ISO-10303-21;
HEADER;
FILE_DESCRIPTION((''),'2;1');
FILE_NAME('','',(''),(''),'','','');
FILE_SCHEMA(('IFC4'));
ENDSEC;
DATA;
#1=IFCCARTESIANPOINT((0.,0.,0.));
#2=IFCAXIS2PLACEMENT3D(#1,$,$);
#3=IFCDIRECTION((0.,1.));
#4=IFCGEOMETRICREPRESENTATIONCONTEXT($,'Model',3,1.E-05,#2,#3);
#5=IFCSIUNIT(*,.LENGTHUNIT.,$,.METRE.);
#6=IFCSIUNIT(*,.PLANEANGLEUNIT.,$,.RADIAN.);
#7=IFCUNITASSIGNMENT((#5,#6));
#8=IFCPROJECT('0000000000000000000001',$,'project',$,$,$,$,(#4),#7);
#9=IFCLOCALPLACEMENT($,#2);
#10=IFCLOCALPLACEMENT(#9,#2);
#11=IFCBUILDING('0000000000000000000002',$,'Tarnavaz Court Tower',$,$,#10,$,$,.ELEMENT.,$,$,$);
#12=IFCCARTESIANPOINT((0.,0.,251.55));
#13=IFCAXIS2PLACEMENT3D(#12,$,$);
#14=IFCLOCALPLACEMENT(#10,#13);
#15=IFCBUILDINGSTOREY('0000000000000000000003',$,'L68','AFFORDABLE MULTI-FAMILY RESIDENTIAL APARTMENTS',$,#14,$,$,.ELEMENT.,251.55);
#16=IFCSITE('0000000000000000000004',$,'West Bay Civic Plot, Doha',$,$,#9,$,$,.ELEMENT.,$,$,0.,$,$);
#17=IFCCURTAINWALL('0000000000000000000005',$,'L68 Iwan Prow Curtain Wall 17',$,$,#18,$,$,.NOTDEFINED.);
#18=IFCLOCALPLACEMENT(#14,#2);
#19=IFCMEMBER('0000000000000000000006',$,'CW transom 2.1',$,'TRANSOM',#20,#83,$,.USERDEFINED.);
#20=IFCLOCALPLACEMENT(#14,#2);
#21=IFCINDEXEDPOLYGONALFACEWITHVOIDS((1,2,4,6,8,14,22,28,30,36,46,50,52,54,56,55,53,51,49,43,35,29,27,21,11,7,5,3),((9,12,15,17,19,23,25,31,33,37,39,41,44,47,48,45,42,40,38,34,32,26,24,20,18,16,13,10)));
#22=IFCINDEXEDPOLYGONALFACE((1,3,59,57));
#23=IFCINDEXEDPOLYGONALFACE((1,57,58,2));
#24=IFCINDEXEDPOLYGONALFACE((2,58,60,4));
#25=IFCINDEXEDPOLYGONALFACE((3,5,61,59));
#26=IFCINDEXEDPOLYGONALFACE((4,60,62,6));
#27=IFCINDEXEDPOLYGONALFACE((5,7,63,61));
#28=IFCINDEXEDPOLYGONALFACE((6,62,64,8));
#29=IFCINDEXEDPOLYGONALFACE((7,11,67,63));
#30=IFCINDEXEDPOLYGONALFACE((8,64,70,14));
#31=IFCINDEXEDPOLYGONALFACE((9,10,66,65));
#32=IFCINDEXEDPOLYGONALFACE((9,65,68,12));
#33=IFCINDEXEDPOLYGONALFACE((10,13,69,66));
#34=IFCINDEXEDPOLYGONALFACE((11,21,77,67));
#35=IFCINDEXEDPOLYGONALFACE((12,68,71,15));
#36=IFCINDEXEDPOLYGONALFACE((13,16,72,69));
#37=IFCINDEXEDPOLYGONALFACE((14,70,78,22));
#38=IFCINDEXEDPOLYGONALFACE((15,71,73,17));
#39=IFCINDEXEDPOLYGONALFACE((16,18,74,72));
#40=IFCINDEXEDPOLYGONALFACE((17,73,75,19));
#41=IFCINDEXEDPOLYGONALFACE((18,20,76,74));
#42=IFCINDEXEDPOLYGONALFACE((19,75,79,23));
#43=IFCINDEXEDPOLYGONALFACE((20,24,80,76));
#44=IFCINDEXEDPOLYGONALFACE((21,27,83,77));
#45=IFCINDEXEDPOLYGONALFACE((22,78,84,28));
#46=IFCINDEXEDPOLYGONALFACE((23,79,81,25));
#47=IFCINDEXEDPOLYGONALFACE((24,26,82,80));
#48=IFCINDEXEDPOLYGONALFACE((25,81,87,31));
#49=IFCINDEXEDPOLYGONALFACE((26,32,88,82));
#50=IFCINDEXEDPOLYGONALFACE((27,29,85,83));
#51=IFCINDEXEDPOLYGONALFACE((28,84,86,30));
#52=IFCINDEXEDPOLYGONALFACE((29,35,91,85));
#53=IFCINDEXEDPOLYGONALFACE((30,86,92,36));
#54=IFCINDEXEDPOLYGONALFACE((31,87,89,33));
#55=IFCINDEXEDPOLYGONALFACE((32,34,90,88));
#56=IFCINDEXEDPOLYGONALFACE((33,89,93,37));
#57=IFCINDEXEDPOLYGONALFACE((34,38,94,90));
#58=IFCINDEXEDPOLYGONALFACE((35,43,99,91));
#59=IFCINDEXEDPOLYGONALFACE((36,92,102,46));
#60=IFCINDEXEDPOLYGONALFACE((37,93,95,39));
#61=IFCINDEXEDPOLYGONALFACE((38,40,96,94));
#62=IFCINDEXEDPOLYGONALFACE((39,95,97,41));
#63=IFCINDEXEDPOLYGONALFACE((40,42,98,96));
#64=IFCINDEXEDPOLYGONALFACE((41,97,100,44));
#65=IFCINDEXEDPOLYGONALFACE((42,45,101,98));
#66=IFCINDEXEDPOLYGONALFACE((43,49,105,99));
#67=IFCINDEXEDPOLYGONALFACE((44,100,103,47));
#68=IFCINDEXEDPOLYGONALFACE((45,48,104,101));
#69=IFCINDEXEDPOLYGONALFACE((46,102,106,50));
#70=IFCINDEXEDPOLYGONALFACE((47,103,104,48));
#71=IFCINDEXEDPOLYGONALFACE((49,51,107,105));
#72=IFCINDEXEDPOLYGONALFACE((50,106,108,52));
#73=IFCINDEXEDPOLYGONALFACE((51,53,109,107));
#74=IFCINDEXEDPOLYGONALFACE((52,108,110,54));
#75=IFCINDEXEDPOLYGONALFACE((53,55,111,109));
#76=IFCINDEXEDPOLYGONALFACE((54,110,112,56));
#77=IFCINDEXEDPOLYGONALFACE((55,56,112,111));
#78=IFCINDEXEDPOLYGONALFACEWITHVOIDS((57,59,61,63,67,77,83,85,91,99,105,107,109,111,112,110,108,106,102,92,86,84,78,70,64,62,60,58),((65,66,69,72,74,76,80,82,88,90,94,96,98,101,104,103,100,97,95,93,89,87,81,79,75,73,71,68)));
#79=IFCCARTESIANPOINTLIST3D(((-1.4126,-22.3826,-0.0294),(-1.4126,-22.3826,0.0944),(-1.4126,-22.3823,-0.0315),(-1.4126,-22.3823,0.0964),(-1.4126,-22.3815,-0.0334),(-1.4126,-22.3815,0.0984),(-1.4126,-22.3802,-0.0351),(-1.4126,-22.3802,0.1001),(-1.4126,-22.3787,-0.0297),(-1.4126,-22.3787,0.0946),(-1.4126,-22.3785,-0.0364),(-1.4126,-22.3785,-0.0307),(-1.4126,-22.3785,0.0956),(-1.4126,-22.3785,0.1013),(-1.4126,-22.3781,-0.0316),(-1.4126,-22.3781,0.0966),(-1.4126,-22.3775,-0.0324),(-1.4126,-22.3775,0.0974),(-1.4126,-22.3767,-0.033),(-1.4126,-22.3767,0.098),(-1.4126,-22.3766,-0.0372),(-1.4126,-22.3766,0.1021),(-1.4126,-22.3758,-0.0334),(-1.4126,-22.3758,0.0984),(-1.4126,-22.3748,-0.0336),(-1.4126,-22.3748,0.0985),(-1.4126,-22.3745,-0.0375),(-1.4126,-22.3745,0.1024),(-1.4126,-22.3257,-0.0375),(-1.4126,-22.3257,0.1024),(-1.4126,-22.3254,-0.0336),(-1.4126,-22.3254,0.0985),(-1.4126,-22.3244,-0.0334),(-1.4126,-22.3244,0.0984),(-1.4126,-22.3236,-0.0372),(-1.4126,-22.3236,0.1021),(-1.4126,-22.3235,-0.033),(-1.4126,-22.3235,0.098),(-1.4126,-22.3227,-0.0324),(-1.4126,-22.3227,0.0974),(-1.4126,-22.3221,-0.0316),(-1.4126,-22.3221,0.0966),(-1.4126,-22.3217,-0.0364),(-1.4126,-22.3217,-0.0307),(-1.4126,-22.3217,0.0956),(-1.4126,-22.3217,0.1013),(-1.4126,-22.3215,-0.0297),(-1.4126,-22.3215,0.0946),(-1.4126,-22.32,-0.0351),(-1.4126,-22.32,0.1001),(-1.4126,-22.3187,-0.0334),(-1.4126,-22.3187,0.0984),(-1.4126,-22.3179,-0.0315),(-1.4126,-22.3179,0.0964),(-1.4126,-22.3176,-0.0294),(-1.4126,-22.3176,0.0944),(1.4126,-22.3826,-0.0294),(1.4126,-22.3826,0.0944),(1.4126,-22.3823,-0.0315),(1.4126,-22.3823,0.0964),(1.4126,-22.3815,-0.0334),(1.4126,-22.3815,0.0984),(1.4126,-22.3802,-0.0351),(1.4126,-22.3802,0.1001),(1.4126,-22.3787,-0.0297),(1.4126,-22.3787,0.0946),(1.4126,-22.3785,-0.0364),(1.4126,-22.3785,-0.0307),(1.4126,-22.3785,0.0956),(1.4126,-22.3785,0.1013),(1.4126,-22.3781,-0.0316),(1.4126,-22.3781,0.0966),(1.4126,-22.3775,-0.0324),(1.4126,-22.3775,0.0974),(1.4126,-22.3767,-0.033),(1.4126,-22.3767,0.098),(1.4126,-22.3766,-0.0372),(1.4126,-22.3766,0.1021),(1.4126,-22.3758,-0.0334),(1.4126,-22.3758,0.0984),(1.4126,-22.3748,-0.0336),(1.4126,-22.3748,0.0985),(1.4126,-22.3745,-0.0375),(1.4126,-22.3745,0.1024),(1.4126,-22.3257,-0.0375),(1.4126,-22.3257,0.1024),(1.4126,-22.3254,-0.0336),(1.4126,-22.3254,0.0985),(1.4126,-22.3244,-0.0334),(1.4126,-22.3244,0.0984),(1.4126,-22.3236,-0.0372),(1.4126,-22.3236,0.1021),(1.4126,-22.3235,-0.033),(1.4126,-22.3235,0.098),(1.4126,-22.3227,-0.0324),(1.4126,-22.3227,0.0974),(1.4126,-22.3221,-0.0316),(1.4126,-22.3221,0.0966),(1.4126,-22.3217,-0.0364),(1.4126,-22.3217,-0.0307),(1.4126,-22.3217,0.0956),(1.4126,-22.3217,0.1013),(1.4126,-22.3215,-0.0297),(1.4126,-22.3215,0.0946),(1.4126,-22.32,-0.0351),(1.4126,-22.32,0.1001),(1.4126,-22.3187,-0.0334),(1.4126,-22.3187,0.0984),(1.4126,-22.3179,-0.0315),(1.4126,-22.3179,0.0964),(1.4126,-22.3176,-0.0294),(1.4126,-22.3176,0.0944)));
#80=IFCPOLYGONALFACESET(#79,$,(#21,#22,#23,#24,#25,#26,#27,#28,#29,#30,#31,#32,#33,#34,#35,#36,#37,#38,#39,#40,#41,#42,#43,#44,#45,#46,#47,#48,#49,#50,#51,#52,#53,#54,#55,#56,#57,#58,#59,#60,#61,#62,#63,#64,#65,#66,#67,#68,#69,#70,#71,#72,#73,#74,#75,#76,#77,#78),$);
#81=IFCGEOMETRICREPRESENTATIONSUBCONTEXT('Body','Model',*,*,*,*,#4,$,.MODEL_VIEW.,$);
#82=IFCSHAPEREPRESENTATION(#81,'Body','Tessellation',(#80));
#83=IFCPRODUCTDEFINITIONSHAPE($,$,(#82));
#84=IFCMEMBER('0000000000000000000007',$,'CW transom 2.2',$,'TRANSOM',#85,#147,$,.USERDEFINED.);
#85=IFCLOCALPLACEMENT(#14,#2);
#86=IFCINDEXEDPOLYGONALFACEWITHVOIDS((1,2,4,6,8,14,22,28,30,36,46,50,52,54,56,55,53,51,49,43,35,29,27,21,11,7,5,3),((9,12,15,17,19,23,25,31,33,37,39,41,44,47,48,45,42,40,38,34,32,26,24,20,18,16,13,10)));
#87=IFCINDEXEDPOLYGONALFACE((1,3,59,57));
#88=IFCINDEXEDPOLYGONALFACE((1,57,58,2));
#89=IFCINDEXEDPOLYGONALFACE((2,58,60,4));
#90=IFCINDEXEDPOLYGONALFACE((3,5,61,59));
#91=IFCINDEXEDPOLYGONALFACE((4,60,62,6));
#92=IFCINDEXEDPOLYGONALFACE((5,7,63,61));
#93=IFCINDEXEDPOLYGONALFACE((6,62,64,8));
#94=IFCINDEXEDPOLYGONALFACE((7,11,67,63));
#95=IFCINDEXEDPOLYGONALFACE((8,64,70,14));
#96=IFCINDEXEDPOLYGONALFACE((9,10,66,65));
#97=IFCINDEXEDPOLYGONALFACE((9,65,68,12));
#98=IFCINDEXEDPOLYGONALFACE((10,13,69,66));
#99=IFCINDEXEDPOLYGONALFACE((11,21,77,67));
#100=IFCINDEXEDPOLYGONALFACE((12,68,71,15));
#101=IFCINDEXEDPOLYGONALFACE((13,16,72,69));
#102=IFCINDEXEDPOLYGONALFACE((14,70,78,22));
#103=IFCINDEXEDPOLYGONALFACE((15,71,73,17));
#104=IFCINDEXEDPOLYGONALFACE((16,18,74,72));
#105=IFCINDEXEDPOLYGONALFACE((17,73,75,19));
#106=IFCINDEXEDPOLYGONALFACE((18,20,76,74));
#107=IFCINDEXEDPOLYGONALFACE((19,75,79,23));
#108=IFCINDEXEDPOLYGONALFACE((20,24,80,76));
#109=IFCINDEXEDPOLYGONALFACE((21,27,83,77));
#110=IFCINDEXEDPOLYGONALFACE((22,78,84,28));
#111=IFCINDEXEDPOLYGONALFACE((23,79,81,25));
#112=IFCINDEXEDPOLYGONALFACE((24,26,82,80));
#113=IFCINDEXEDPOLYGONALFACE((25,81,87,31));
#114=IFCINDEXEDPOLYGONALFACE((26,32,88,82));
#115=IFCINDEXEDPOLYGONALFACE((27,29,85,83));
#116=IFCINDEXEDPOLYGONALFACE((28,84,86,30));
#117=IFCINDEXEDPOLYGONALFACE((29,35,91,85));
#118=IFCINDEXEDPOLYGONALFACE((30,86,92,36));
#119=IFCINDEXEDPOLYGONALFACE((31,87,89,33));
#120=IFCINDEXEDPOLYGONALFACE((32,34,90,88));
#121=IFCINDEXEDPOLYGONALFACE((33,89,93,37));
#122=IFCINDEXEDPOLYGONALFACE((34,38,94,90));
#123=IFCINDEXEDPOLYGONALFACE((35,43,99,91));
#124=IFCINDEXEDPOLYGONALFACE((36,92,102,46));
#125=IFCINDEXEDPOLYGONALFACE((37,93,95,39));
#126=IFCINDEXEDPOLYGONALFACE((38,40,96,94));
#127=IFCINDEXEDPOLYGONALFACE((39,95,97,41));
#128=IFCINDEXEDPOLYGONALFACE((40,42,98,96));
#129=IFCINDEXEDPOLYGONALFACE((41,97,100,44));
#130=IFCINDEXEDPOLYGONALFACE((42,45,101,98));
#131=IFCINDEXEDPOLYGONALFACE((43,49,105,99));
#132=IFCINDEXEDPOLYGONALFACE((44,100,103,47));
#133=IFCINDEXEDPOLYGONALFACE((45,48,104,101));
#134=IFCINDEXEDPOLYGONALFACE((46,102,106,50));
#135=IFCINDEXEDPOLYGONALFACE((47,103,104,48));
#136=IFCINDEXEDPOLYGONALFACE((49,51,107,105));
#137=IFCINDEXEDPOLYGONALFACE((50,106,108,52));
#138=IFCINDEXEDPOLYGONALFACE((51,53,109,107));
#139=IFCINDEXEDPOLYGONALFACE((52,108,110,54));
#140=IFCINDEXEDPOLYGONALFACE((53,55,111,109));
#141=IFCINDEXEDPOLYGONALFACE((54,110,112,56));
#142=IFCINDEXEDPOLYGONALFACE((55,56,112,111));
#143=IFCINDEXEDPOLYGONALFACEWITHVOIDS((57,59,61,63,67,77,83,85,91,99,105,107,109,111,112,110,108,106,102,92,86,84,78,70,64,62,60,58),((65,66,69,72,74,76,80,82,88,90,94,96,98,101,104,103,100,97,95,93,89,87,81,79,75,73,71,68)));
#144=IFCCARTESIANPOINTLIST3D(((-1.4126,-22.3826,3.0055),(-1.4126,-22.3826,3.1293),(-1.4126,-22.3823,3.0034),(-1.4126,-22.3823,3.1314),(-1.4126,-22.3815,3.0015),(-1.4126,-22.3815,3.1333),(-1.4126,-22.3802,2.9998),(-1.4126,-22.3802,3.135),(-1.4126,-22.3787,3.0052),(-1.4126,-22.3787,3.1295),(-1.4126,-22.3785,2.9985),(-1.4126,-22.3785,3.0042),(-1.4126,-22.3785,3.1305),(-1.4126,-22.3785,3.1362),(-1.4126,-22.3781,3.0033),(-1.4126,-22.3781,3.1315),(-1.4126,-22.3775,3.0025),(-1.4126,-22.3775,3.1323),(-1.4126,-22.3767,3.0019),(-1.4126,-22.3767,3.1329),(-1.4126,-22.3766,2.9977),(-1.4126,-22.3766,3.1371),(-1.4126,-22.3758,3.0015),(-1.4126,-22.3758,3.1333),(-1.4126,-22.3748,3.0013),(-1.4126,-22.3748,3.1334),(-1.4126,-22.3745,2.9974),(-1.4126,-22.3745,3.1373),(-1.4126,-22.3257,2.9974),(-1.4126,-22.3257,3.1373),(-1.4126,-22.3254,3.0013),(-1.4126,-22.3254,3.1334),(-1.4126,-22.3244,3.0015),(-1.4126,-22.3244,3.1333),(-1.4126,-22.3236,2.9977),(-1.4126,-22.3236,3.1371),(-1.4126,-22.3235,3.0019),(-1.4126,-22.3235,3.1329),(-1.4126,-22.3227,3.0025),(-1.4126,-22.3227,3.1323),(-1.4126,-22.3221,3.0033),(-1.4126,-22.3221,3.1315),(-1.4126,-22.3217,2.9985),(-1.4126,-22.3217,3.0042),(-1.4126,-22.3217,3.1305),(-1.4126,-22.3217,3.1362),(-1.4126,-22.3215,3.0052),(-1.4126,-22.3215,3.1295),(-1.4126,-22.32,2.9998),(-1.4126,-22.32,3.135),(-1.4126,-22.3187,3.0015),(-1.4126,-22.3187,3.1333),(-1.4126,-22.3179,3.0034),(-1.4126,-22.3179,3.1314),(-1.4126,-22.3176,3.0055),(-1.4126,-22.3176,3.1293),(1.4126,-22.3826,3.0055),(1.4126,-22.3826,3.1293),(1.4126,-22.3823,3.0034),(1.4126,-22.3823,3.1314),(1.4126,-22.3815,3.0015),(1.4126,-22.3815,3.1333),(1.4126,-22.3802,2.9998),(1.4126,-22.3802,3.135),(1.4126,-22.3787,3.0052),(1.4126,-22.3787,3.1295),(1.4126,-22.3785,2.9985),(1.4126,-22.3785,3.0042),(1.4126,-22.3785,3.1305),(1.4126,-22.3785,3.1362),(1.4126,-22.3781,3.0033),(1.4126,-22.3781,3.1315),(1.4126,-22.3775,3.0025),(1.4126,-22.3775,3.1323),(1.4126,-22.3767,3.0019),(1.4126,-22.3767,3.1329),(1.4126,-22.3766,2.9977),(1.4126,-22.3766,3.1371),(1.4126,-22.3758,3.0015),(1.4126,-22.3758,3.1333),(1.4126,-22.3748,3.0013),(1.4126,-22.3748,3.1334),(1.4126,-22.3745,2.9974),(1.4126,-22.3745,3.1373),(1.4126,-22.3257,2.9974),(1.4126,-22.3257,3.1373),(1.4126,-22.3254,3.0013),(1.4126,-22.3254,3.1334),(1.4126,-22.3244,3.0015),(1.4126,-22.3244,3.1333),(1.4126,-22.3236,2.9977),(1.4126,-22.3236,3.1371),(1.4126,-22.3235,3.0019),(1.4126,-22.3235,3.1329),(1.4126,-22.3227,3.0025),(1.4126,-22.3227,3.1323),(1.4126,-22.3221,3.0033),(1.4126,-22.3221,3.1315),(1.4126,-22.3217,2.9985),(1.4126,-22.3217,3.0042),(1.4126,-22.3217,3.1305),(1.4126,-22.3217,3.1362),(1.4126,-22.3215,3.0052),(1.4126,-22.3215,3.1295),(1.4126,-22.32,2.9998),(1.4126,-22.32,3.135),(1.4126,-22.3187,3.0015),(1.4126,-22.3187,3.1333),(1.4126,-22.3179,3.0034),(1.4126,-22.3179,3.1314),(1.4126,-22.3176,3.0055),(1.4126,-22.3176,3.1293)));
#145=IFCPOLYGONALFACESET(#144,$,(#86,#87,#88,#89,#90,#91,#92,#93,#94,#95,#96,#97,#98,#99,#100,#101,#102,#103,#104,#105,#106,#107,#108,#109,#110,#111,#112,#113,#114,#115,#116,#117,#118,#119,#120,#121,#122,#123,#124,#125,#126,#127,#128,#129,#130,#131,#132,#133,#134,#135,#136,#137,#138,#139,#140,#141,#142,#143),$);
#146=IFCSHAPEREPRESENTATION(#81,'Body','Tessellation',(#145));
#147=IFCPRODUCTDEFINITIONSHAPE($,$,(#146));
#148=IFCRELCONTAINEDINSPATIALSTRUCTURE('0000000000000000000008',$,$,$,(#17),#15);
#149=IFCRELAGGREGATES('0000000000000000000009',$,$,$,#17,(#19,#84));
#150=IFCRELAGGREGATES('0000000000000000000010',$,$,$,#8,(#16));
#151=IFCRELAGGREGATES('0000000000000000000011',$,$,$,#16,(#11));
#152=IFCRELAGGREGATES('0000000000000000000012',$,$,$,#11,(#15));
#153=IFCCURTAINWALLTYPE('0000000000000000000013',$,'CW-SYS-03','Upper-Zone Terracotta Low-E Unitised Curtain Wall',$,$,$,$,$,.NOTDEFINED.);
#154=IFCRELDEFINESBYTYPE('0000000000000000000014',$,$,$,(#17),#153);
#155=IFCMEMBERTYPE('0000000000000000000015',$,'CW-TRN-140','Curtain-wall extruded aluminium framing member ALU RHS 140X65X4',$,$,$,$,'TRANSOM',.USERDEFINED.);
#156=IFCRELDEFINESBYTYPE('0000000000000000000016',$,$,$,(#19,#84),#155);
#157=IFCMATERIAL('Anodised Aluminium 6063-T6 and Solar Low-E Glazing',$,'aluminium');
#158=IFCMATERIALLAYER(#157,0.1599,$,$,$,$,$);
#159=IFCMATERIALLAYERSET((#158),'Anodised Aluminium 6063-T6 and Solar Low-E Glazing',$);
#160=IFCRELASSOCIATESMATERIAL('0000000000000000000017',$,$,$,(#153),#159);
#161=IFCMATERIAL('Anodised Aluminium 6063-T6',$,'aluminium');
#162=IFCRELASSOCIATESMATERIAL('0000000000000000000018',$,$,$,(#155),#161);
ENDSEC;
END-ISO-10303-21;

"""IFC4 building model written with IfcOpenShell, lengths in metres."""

from ifc_helpers import new_model, si_unit, direction, frame, origin, origin_2d, place, context, subcontext, project, spatial, hollow_rectangle, extrude, material, layer, layer_set, material_profile, profile_set, type_object, element, aggregate, save


model = new_model("IFC4")

# Units and contexts
model_context = context("Model", 3, precision=1e-05, world=origin(), true_north=direction((0.0, 1.0)))
body_context = subcontext(model_context, "Body", "Model", "MODEL_VIEW")
ifc_project = project(units=[si_unit("LENGTHUNIT", "METRE"), si_unit("PLANEANGLEUNIT", "RADIAN")], contexts=[model_context])

# Site, building, storey
site_placement = place(None, origin())
site = spatial("IfcSite", under=ifc_project, at=site_placement, Name="West Bay Civic Plot, Doha", CompositionType="ELEMENT", RefElevation=0.0)
building_placement = place(site_placement, origin())
building = spatial("IfcBuilding", under=site, at=building_placement, Name="Tarnavaz Court Tower", CompositionType="ELEMENT")
storey_placement = place(building_placement, frame((0.0, 0.0, 251.55)))
storey = spatial("IfcBuildingStorey", under=building, at=storey_placement, Name="L68", Description="AFFORDABLE MULTI-FAMILY RESIDENTIAL APARTMENTS", CompositionType="ELEMENT", Elevation=251.55)

# Curtain wall, members
ifc_material_1 = material(Name="Anodised Aluminium 6063-T6 and Solar Low-E Glazing", Category="aluminium")
ifc_layer_1 = layer(ifc_material_1, 0.1599)
ifc_layer_set_1 = layer_set([ifc_layer_1], Name="Anodised Aluminium 6063-T6 and Solar Low-E Glazing")
curtain_wall_type = type_object("IfcCurtainWallType", Name="CW-SYS-03", Description="Upper-Zone Terracotta Low-E Unitised Curtain Wall", PredefinedType="NOTDEFINED", material=ifc_layer_set_1)
curtain_wall_placement = place(storey_placement, origin())
curtain_wall = element("IfcCurtainWall", 1, at=curtain_wall_placement, inside=storey, type_object=curtain_wall_type, Name="L68 Iwan Prow Curtain Wall 17", PredefinedType="NOTDEFINED")
ifc_material_2 = material(Name="Anodised Aluminium 6063-T6", Category="aluminium")
ifc_material_profile_1 = material_profile(ifc_material_2, hollow_rectangle(XDim=0.0649, YDim=0.1399, WallThickness=0.0039, InnerFilletRadius=0.0039, OuterFilletRadius=0.0081, at=origin_2d()), Name="ALU RHS 140X65X4")
ifc_profile_set_1 = profile_set([ifc_material_profile_1], Name="Anodised Aluminium 6063-T6")
member_type_1 = type_object("IfcMemberType", Name="CW-TRN-140", Description="Curtain-wall extruded aluminium framing member ALU RHS 140X65X4", ElementType="TRANSOM", PredefinedType="USERDEFINED", material=ifc_profile_set_1)
member_1_placement = place(storey_placement, frame((1.4126, -22.3501, 0.0325), z_axis=(-1.0, 0.0, 0.0), x_axis=(0.0, -1.0, 0.0)))
member_1 = element("IfcMember", 2, at=member_1_placement, type_object=member_type_1, Name="CW transom 2.1", ObjectType="TRANSOM", PredefinedType="USERDEFINED", context=body_context, shape_type="SweptSolid", body=[
    extrude(hollow_rectangle(XDim=0.0649, YDim=0.1399, WallThickness=0.0039, InnerFilletRadius=0.0039, OuterFilletRadius=0.0081, at=origin_2d()), origin(), (0.0, 0.0, 1.0), 2.8252),
])
member_2_placement = place(storey_placement, frame((1.4126, -22.3501, 3.0674), z_axis=(-1.0, 0.0, 0.0), x_axis=(0.0, -1.0, 0.0)))
member_2 = element("IfcMember", 3, at=member_2_placement, type_object=member_type_1, Name="CW transom 2.2", ObjectType="TRANSOM", PredefinedType="USERDEFINED", context=body_context, shape_type="SweptSolid", body=[
    extrude(hollow_rectangle(XDim=0.0649, YDim=0.1399, WallThickness=0.0039, InnerFilletRadius=0.0039, OuterFilletRadius=0.0081, at=origin_2d()), origin(), (0.0, 0.0, 1.0), 2.8252),
])
aggregate(curtain_wall, [member_1, member_2])

save(model, "model.ifc")
